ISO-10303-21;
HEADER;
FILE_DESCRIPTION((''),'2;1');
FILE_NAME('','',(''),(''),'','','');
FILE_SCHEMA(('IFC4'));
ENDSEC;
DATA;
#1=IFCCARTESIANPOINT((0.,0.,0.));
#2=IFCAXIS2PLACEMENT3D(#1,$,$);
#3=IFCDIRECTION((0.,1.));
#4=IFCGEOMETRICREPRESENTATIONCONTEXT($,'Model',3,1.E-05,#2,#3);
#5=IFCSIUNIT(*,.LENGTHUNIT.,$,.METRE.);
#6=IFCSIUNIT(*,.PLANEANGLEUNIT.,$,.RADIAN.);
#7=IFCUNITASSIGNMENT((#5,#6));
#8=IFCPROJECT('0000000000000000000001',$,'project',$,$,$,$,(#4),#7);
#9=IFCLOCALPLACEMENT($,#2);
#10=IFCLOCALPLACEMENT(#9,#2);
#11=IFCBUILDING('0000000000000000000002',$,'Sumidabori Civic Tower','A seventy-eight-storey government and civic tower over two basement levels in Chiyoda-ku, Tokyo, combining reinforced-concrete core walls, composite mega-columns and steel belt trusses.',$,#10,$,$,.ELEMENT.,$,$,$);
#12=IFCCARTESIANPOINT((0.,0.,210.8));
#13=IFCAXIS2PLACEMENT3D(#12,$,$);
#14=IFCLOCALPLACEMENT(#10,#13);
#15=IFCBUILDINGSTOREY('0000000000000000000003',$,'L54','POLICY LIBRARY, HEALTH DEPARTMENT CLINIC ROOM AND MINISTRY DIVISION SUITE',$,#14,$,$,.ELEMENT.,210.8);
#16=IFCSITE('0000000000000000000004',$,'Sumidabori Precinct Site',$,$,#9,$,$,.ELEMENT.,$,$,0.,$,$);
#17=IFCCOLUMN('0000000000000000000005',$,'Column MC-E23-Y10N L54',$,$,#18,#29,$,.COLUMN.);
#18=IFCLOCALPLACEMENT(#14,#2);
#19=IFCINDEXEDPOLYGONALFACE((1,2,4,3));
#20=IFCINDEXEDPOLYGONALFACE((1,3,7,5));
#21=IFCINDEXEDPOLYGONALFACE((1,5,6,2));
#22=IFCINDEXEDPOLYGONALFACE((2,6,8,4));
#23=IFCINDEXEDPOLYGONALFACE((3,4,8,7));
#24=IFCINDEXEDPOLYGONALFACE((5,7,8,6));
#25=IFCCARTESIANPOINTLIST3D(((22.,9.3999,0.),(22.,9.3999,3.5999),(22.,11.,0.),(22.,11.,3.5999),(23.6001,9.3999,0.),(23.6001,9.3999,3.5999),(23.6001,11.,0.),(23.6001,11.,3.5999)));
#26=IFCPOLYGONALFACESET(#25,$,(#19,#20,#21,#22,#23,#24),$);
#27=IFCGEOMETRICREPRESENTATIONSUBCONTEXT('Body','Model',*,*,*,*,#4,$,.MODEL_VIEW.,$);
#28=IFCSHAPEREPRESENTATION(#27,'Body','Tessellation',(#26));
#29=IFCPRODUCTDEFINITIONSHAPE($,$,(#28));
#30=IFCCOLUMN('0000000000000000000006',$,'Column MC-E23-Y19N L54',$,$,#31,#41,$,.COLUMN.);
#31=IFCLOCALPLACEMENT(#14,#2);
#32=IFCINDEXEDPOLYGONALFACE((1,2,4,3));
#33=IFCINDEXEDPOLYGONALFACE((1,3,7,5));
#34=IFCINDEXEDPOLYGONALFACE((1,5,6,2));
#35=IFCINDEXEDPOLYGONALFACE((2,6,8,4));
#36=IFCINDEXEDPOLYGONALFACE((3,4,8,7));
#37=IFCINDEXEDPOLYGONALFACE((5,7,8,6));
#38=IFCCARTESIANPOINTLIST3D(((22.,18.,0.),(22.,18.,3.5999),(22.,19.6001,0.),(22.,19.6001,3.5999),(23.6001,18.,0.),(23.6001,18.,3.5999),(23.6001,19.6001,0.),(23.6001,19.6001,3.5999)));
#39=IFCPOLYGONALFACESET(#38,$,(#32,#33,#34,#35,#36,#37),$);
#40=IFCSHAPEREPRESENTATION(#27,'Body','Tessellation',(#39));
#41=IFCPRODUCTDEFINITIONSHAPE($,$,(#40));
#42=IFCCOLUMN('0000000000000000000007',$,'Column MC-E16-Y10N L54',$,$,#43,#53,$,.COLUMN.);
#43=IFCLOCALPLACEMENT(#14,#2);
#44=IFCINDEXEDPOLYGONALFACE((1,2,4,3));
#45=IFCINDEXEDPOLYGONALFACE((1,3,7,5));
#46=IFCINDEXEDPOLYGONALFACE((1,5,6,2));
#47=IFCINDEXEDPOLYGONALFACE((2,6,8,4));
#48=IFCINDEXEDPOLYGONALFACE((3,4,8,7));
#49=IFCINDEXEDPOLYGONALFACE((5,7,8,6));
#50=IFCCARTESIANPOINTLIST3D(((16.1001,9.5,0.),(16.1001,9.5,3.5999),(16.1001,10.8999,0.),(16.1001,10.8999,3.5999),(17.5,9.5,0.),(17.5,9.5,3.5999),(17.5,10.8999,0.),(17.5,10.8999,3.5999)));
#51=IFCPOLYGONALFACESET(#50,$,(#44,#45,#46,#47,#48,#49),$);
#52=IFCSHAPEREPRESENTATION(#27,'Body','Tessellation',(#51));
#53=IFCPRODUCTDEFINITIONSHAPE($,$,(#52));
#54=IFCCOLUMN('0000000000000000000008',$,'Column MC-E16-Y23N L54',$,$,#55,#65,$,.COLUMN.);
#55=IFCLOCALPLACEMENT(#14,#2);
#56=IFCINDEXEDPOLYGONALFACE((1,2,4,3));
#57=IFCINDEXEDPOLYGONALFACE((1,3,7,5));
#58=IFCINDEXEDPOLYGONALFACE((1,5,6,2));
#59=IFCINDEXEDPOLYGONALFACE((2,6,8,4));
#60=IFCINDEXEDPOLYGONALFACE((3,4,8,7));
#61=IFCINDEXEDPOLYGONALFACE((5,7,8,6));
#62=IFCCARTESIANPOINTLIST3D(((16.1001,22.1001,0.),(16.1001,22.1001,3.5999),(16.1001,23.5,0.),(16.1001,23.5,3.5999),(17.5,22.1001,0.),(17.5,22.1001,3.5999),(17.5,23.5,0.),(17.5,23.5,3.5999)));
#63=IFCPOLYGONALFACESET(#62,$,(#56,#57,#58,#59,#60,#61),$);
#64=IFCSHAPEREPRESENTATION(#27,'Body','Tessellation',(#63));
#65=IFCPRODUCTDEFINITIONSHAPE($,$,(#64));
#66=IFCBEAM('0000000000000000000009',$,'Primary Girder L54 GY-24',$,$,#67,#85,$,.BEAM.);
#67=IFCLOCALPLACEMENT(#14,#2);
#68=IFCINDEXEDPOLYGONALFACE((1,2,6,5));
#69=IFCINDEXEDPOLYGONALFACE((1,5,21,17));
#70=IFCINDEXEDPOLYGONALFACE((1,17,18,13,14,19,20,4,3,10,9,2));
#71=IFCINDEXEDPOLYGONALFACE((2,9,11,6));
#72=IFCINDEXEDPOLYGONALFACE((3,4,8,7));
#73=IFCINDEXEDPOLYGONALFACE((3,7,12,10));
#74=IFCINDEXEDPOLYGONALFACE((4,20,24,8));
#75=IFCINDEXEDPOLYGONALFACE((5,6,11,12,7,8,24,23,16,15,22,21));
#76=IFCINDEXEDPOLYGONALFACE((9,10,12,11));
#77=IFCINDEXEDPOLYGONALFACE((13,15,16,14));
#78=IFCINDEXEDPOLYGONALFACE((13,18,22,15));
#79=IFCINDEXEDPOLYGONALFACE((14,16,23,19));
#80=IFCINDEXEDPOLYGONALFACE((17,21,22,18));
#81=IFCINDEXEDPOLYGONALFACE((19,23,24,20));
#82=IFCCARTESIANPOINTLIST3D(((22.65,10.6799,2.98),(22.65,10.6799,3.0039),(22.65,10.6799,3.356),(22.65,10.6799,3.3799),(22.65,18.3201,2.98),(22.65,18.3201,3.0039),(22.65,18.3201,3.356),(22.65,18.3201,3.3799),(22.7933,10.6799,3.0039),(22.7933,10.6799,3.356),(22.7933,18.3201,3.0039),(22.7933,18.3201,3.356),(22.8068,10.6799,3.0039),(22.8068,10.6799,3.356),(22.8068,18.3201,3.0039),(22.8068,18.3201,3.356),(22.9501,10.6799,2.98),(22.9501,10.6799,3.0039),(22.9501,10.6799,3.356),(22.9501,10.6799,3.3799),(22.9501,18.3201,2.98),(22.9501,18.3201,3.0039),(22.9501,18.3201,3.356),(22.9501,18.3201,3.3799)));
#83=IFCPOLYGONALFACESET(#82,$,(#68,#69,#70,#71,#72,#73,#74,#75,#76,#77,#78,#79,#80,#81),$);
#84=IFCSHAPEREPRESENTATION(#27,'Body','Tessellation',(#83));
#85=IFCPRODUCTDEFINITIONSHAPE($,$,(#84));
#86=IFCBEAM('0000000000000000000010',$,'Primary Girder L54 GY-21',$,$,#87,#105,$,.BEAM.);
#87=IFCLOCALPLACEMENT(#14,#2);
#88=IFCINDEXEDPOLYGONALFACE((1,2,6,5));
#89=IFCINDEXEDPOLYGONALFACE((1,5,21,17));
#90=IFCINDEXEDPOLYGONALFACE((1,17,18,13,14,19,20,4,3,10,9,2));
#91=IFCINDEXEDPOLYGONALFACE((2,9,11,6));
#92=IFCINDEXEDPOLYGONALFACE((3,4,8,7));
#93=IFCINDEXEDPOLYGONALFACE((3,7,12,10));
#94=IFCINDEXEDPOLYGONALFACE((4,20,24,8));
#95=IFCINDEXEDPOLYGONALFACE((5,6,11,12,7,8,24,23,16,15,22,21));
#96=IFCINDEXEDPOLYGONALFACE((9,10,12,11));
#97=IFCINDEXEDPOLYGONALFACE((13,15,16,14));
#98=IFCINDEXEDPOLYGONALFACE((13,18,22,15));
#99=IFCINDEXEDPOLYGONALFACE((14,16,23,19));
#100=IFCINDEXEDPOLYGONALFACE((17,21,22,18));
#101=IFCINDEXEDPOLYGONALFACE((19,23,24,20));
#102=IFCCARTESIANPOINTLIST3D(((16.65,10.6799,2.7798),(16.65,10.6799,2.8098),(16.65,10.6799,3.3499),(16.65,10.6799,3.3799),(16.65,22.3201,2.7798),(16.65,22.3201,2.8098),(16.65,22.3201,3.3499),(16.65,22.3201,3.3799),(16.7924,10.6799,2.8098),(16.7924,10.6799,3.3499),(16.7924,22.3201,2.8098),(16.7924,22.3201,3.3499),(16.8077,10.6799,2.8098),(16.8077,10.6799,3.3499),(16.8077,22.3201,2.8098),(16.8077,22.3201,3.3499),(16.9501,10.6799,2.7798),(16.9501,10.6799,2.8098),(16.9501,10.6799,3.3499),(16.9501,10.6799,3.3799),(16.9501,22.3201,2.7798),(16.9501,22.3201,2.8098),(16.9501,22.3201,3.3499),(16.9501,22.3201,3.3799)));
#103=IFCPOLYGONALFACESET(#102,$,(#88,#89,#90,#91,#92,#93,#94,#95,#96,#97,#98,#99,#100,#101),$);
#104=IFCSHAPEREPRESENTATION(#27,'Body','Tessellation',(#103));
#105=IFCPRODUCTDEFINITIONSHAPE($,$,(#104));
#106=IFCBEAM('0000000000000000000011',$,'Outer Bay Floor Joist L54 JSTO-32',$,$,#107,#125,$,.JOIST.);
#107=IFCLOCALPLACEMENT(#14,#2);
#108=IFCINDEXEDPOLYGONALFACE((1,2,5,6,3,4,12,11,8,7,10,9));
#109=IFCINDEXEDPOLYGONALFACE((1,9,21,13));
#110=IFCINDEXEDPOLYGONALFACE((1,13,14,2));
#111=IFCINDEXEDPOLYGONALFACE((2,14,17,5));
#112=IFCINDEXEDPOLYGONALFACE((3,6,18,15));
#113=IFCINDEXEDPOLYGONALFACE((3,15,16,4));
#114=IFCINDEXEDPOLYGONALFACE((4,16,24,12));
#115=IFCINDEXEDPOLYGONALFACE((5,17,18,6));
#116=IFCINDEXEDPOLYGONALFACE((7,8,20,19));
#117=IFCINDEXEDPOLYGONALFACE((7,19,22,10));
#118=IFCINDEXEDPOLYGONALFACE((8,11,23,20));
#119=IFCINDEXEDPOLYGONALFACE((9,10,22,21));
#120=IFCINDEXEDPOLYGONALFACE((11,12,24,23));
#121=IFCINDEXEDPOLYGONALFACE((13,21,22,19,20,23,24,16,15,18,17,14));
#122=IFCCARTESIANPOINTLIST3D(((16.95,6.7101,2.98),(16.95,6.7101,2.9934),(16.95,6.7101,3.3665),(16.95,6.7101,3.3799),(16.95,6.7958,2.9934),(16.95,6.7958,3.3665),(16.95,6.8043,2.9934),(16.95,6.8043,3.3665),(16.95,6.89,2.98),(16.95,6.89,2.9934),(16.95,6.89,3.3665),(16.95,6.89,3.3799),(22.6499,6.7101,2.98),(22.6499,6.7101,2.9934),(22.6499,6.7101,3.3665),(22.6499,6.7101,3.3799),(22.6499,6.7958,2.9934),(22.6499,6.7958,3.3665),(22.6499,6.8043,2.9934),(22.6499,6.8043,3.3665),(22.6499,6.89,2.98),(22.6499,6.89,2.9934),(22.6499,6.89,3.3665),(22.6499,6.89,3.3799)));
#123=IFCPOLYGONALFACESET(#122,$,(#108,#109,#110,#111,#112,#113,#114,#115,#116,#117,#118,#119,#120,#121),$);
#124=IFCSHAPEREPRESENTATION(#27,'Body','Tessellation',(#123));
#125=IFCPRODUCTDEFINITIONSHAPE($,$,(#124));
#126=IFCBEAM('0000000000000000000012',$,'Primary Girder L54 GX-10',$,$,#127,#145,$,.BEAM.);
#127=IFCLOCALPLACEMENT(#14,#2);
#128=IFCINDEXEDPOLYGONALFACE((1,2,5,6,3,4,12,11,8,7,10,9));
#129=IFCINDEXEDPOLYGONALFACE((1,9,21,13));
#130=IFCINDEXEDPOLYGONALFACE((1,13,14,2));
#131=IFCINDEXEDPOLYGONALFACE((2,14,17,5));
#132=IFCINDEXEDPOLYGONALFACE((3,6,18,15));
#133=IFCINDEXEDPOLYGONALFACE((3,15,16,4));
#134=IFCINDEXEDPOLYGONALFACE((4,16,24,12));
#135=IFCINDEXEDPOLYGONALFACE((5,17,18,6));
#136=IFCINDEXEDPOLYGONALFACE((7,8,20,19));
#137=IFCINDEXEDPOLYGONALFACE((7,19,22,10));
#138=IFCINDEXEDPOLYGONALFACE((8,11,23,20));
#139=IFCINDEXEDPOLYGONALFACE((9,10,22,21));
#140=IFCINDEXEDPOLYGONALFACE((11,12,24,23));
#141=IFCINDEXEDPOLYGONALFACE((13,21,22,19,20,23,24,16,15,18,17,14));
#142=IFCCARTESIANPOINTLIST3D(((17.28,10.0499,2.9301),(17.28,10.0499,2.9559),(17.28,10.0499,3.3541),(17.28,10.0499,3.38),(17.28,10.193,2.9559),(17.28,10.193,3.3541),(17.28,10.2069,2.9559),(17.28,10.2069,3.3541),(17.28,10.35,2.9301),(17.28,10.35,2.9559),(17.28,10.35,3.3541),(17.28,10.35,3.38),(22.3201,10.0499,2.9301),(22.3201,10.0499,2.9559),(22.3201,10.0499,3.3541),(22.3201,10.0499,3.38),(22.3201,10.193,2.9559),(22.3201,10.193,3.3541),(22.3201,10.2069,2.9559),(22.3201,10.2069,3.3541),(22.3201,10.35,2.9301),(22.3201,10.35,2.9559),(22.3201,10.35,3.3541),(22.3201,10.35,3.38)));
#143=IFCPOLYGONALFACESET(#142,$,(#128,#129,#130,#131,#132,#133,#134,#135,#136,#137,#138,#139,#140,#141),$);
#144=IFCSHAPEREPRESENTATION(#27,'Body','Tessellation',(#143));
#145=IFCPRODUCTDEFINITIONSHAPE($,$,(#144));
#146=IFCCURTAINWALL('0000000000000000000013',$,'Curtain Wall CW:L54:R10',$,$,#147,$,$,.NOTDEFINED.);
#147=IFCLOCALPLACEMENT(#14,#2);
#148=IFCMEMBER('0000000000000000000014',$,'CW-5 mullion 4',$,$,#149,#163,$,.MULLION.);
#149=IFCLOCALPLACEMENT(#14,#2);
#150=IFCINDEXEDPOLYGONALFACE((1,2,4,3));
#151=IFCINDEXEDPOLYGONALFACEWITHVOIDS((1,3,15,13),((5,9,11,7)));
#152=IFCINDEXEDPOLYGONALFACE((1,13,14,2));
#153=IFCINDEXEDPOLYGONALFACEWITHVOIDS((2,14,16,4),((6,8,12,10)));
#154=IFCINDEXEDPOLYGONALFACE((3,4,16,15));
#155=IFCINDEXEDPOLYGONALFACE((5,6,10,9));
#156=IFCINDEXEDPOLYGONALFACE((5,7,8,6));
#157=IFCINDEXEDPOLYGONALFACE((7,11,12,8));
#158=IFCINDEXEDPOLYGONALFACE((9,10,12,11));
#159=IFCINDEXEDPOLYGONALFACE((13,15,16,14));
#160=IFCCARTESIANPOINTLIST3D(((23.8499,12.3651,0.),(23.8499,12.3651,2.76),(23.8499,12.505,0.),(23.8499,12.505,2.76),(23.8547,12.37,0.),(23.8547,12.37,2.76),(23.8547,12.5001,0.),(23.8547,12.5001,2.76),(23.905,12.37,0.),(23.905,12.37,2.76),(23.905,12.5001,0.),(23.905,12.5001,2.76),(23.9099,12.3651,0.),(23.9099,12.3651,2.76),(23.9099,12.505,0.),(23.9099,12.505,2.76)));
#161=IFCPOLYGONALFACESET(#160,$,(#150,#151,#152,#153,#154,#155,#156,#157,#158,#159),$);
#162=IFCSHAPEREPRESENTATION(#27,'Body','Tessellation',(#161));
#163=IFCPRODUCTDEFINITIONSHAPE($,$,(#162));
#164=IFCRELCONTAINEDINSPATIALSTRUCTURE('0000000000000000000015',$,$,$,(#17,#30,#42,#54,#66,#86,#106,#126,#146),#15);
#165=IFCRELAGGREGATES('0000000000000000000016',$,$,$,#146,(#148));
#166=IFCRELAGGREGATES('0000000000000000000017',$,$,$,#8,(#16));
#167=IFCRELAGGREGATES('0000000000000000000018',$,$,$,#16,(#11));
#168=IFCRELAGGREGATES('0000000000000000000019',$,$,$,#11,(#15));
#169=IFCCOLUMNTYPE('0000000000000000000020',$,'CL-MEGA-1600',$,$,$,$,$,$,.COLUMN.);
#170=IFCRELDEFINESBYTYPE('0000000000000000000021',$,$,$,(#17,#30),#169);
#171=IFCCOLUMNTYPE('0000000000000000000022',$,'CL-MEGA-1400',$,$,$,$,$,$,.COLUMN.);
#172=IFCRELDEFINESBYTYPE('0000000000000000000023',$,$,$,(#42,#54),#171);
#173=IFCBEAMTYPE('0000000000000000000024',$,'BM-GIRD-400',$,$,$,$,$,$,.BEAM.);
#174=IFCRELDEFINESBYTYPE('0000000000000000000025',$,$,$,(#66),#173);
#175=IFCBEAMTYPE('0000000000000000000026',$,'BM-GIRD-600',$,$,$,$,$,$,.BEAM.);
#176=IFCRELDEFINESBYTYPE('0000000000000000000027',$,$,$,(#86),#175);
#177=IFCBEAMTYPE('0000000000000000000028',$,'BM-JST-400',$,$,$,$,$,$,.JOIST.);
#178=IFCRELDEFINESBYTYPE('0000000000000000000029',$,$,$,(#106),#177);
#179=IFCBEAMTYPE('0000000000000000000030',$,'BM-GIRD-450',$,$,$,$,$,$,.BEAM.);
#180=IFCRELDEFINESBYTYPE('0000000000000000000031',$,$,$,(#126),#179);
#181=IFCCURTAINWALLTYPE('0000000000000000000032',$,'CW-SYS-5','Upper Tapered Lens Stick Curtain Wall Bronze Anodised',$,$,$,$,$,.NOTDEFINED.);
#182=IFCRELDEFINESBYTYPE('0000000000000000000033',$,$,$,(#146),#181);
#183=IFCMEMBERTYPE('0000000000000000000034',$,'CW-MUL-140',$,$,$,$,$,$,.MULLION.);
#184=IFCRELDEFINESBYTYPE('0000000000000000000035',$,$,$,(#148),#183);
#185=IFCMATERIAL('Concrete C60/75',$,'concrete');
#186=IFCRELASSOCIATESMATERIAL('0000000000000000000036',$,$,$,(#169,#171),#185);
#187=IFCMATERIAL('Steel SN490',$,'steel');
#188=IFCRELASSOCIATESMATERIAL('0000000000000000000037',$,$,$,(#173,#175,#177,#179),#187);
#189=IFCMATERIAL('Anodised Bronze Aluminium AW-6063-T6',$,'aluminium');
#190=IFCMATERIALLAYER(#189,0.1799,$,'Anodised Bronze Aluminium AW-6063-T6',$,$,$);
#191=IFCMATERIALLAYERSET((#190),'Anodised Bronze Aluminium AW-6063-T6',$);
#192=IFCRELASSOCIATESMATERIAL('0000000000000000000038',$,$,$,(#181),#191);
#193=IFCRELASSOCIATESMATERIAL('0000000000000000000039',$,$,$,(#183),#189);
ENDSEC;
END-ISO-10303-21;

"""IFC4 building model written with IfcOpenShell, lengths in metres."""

from ifc_helpers import new_model, si_unit, direction, frame, origin, origin_2d, place, context, subcontext, project, spatial, rectangle, hollow_rectangle, i_section, extrude, source, transform, mapped, material, layer, layer_set, material_profile, profile_set, type_object, element, aggregate, save


model = new_model("IFC4")

# Units and contexts
model_context = context("Model", 3, precision=1e-05, world=origin(), true_north=direction((0.0, 1.0)))
body_context = subcontext(model_context, "Body", "Model", "MODEL_VIEW")
ifc_project = project(units=[si_unit("LENGTHUNIT", "METRE"), si_unit("PLANEANGLEUNIT", "RADIAN")], contexts=[model_context])

# Site, building, storey
site_placement = place(None, origin())
site = spatial("IfcSite", under=ifc_project, at=site_placement, Name="Sumidabori Precinct Site", CompositionType="ELEMENT", RefElevation=0.0)
building_placement = place(site_placement, origin())
building = spatial("IfcBuilding", under=site, at=building_placement, Name="Sumidabori Civic Tower", Description="A seventy-eight-storey government and civic tower over two basement levels in Chiyoda-ku, Tokyo, combining reinforced-concrete core walls, composite mega-columns and steel belt trusses.", CompositionType="ELEMENT")
storey_placement = place(building_placement, frame((0.0, 0.0, 210.8)))
storey = spatial("IfcBuildingStorey", under=building, at=storey_placement, Name="L54", Description="POLICY LIBRARY, HEALTH DEPARTMENT CLINIC ROOM AND MINISTRY DIVISION SUITE", CompositionType="ELEMENT", Elevation=210.8)

# Columns
ifc_material_1 = material(Name="Concrete C60/75", Category="concrete")
ifc_material_profile_1 = material_profile(ifc_material_1, rectangle(XDim=1.6001, YDim=1.6001, at=origin_2d()), Name="RC 1600x1600")
ifc_profile_set_1 = profile_set([ifc_material_profile_1], Name="Concrete C60/75")
column_type_1 = type_object("IfcColumnType", Name="CL-MEGA-1600", PredefinedType="COLUMN", material=ifc_profile_set_1)
shared_shape_1 = source(origin(), body_context, "Body", "SweptSolid", [
    extrude(rectangle(XDim=1.6001, YDim=1.6001, at=origin_2d()), origin(), (0.0, 0.0, 1.0), 3.5999),
])
for number, where, z_axis, x_axis, name in (
    (1, (22.8, 10.2, 0.0), (0.0, 0.0, 1.0), (1.0, 0.0, 0.0), "Column MC-E23-Y10N L54"),
    (2, (22.8, 18.8, 0.0), (0.0, 0.0, 1.0), (1.0, 0.0, 0.0), "Column MC-E23-Y19N L54"),
):
    element("IfcColumn", number, at=place(storey_placement, frame(where, z_axis=z_axis, x_axis=x_axis)), inside=storey, type_object=column_type_1, Name=name, PredefinedType="COLUMN", context=body_context, shape_type="MappedRepresentation", body=[
        mapped(shared_shape_1, transform((0.0, 0.0, 0.0), x_axis=(1.0, 0.0, 0.0), y_axis=(0.0, 1.0, 0.0), z_axis=(0.0, 0.0, 1.0), scale=1.0)),
    ])
ifc_material_profile_2 = material_profile(ifc_material_1, rectangle(XDim=1.3999, YDim=1.3999, at=origin_2d()), Name="RC 1400x1400")
ifc_profile_set_2 = profile_set([ifc_material_profile_2], Name="Concrete C60/75")
column_type_2 = type_object("IfcColumnType", Name="CL-MEGA-1400", PredefinedType="COLUMN", material=ifc_profile_set_2)
shared_shape_2 = source(origin(), body_context, "Body", "SweptSolid", [
    extrude(rectangle(XDim=1.3999, YDim=1.3999, at=origin_2d()), origin(), (0.0, 0.0, 1.0), 3.5999),
])
for number, where, z_axis, x_axis, name in (
    (3, (16.8, 10.2, 0.0), (0.0, 0.0, 1.0), (1.0, 0.0, 0.0), "Column MC-E16-Y10N L54"),
    (4, (16.8, 22.8, 0.0), (0.0, 0.0, 1.0), (1.0, 0.0, 0.0), "Column MC-E16-Y23N L54"),
):
    element("IfcColumn", number, at=place(storey_placement, frame(where, z_axis=z_axis, x_axis=x_axis)), inside=storey, type_object=column_type_2, Name=name, PredefinedType="COLUMN", context=body_context, shape_type="MappedRepresentation", body=[
        mapped(shared_shape_2, transform((0.0, 0.0, 0.0), x_axis=(1.0, 0.0, 0.0), y_axis=(0.0, 1.0, 0.0), z_axis=(0.0, 0.0, 1.0), scale=1.0)),
    ])

# Beams
ifc_material_2 = material(Name="Steel SN490", Category="steel")
ifc_material_profile_3 = material_profile(ifc_material_2, i_section(OverallWidth=0.3, OverallDepth=0.3999, WebThickness=0.0134, FlangeThickness=0.0239, at=origin_2d()), Name="HE 400 B")
ifc_profile_set_3 = profile_set([ifc_material_profile_3], Name="Steel SN490")
beam_type_1 = type_object("IfcBeamType", Name="BM-GIRD-400", PredefinedType="BEAM", material=ifc_profile_set_3)
shared_shape_3 = source(origin(), body_context, "Body", "SweptSolid", [
    extrude(i_section(OverallWidth=0.3, OverallDepth=0.3999, WebThickness=0.0134, FlangeThickness=0.0239, at=origin_2d()), origin(), (0.0, 0.0, 1.0), 7.6401),
])
beam_1_placement = place(storey_placement, frame((22.8, 10.6799, 3.1799), z_axis=(0.0, 1.0, 0.0), x_axis=(-1.0, 0.0, 0.0)))
element("IfcBeam", 5, at=beam_1_placement, inside=storey, type_object=beam_type_1, Name="Primary Girder L54 GY-24", PredefinedType="BEAM", context=body_context, shape_type="MappedRepresentation", body=[
    mapped(shared_shape_3, transform((0.0, 0.0, 0.0), x_axis=(1.0, 0.0, 0.0), y_axis=(0.0, 1.0, 0.0), z_axis=(0.0, 0.0, 1.0), scale=1.0)),
])
ifc_material_profile_4 = material_profile(ifc_material_2, i_section(OverallWidth=0.3, OverallDepth=0.6001, WebThickness=0.0154, FlangeThickness=0.03, at=origin_2d()), Name="HE 600 B")
ifc_profile_set_4 = profile_set([ifc_material_profile_4], Name="Steel SN490")
beam_type_2 = type_object("IfcBeamType", Name="BM-GIRD-600", PredefinedType="BEAM", material=ifc_profile_set_4)
shared_shape_4 = source(origin(), body_context, "Body", "SweptSolid", [
    extrude(i_section(OverallWidth=0.3, OverallDepth=0.6001, WebThickness=0.0154, FlangeThickness=0.03, at=origin_2d()), origin(), (0.0, 0.0, 1.0), 11.6401),
])
beam_2_placement = place(storey_placement, frame((16.8, 10.6799, 3.0798), z_axis=(0.0, 1.0, 0.0), x_axis=(-1.0, 0.0, 0.0)))
element("IfcBeam", 6, at=beam_2_placement, inside=storey, type_object=beam_type_2, Name="Primary Girder L54 GY-21", PredefinedType="BEAM", context=body_context, shape_type="MappedRepresentation", body=[
    mapped(shared_shape_4, transform((0.0, 0.0, 0.0), x_axis=(1.0, 0.0, 0.0), y_axis=(0.0, 1.0, 0.0), z_axis=(0.0, 0.0, 1.0), scale=1.0)),
])
ifc_material_profile_5 = material_profile(ifc_material_2, i_section(OverallWidth=0.1799, OverallDepth=0.3999, WebThickness=0.0085, FlangeThickness=0.0134, at=origin_2d()), Name="IPE 400")
ifc_profile_set_5 = profile_set([ifc_material_profile_5], Name="Steel SN490")
beam_type_3 = type_object("IfcBeamType", Name="BM-JST-400", PredefinedType="JOIST", material=ifc_profile_set_5)
shared_shape_5 = source(origin(), body_context, "Body", "SweptSolid", [
    extrude(i_section(OverallWidth=0.1799, OverallDepth=0.3999, WebThickness=0.0085, FlangeThickness=0.0134, at=origin_2d()), origin(), (0.0, 0.0, 1.0), 5.7),
])
beam_3_placement = place(storey_placement, frame((16.95, 6.8, 3.1799), z_axis=(1.0, 0.0, 0.0), x_axis=(0.0, 1.0, 0.0)))
element("IfcBeam", 7, at=beam_3_placement, inside=storey, type_object=beam_type_3, Name="Outer Bay Floor Joist L54 JSTO-32", PredefinedType="JOIST", context=body_context, shape_type="MappedRepresentation", body=[
    mapped(shared_shape_5, transform((0.0, 0.0, 0.0), x_axis=(1.0, 0.0, 0.0), y_axis=(0.0, 1.0, 0.0), z_axis=(0.0, 0.0, 1.0), scale=1.0)),
])
ifc_material_profile_6 = material_profile(ifc_material_2, i_section(OverallWidth=0.3, OverallDepth=0.45, WebThickness=0.0139, FlangeThickness=0.0259, at=origin_2d()), Name="HE 450 B")
ifc_profile_set_6 = profile_set([ifc_material_profile_6], Name="Steel SN490")
beam_type_4 = type_object("IfcBeamType", Name="BM-GIRD-450", PredefinedType="BEAM", material=ifc_profile_set_6)
shared_shape_6 = source(origin(), body_context, "Body", "SweptSolid", [
    extrude(i_section(OverallWidth=0.3, OverallDepth=0.45, WebThickness=0.0139, FlangeThickness=0.0259, at=origin_2d()), origin(), (0.0, 0.0, 1.0), 5.04),
])
beam_4_placement = place(storey_placement, frame((17.28, 10.2, 3.155), z_axis=(1.0, 0.0, 0.0), x_axis=(0.0, 1.0, 0.0)))
element("IfcBeam", 8, at=beam_4_placement, inside=storey, type_object=beam_type_4, Name="Primary Girder L54 GX-10", PredefinedType="BEAM", context=body_context, shape_type="MappedRepresentation", body=[
    mapped(shared_shape_6, transform((0.0, 0.0, 0.0), x_axis=(1.0, 0.0, 0.0), y_axis=(0.0, 1.0, 0.0), z_axis=(0.0, 0.0, 1.0), scale=1.0)),
])

# Curtain wall, member
ifc_material_3 = material(Name="Anodised Bronze Aluminium AW-6063-T6", Category="aluminium")
ifc_layer_1 = layer(ifc_material_3, 0.1799, Name="Anodised Bronze Aluminium AW-6063-T6")
ifc_layer_set_1 = layer_set([ifc_layer_1], Name="Anodised Bronze Aluminium AW-6063-T6")
curtain_wall_type = type_object("IfcCurtainWallType", Name="CW-SYS-5", Description="Upper Tapered Lens Stick Curtain Wall Bronze Anodised", PredefinedType="NOTDEFINED", material=ifc_layer_set_1)
curtain_wall_1_placement = place(storey_placement, origin())
curtain_wall_1 = element("IfcCurtainWall", 9, at=curtain_wall_1_placement, inside=storey, type_object=curtain_wall_type, Name="Curtain Wall CW:L54:R10", PredefinedType="NOTDEFINED")
ifc_material_profile_7 = material_profile(ifc_material_3, hollow_rectangle(XDim=0.0601, YDim=0.1399, WallThickness=0.0049, at=origin_2d()), Name="ALU MULLION 140x60")
ifc_profile_set_7 = profile_set([ifc_material_profile_7], Name="Anodised Bronze Aluminium AW-6063-T6")
member_type_1 = type_object("IfcMemberType", Name="CW-MUL-140", PredefinedType="MULLION", material=ifc_profile_set_7)
shared_shape_7 = source(origin(), body_context, "Body", "SweptSolid", [
    extrude(hollow_rectangle(XDim=0.0601, YDim=0.1399, WallThickness=0.0049, at=origin_2d()), origin(), (0.0, 0.0, 1.0), 2.76),
])
member_1_placement = place(storey_placement, frame((23.8799, 12.4351, 0.0), z_axis=(0.0, 0.0, 1.0), x_axis=(-1.0, 0.0, 0.0)))
member_1 = element("IfcMember", 10, at=member_1_placement, type_object=member_type_1, Name="CW-5 mullion 4", PredefinedType="MULLION", context=body_context, shape_type="MappedRepresentation", body=[
    mapped(shared_shape_7, transform((0.0, 0.0, 0.0), x_axis=(1.0, 0.0, 0.0), y_axis=(0.0, 1.0, 0.0), z_axis=(0.0, 0.0, 1.0), scale=1.0)),
])

aggregate(curtain_wall_1, [member_1])

save(model, "model.ifc")
